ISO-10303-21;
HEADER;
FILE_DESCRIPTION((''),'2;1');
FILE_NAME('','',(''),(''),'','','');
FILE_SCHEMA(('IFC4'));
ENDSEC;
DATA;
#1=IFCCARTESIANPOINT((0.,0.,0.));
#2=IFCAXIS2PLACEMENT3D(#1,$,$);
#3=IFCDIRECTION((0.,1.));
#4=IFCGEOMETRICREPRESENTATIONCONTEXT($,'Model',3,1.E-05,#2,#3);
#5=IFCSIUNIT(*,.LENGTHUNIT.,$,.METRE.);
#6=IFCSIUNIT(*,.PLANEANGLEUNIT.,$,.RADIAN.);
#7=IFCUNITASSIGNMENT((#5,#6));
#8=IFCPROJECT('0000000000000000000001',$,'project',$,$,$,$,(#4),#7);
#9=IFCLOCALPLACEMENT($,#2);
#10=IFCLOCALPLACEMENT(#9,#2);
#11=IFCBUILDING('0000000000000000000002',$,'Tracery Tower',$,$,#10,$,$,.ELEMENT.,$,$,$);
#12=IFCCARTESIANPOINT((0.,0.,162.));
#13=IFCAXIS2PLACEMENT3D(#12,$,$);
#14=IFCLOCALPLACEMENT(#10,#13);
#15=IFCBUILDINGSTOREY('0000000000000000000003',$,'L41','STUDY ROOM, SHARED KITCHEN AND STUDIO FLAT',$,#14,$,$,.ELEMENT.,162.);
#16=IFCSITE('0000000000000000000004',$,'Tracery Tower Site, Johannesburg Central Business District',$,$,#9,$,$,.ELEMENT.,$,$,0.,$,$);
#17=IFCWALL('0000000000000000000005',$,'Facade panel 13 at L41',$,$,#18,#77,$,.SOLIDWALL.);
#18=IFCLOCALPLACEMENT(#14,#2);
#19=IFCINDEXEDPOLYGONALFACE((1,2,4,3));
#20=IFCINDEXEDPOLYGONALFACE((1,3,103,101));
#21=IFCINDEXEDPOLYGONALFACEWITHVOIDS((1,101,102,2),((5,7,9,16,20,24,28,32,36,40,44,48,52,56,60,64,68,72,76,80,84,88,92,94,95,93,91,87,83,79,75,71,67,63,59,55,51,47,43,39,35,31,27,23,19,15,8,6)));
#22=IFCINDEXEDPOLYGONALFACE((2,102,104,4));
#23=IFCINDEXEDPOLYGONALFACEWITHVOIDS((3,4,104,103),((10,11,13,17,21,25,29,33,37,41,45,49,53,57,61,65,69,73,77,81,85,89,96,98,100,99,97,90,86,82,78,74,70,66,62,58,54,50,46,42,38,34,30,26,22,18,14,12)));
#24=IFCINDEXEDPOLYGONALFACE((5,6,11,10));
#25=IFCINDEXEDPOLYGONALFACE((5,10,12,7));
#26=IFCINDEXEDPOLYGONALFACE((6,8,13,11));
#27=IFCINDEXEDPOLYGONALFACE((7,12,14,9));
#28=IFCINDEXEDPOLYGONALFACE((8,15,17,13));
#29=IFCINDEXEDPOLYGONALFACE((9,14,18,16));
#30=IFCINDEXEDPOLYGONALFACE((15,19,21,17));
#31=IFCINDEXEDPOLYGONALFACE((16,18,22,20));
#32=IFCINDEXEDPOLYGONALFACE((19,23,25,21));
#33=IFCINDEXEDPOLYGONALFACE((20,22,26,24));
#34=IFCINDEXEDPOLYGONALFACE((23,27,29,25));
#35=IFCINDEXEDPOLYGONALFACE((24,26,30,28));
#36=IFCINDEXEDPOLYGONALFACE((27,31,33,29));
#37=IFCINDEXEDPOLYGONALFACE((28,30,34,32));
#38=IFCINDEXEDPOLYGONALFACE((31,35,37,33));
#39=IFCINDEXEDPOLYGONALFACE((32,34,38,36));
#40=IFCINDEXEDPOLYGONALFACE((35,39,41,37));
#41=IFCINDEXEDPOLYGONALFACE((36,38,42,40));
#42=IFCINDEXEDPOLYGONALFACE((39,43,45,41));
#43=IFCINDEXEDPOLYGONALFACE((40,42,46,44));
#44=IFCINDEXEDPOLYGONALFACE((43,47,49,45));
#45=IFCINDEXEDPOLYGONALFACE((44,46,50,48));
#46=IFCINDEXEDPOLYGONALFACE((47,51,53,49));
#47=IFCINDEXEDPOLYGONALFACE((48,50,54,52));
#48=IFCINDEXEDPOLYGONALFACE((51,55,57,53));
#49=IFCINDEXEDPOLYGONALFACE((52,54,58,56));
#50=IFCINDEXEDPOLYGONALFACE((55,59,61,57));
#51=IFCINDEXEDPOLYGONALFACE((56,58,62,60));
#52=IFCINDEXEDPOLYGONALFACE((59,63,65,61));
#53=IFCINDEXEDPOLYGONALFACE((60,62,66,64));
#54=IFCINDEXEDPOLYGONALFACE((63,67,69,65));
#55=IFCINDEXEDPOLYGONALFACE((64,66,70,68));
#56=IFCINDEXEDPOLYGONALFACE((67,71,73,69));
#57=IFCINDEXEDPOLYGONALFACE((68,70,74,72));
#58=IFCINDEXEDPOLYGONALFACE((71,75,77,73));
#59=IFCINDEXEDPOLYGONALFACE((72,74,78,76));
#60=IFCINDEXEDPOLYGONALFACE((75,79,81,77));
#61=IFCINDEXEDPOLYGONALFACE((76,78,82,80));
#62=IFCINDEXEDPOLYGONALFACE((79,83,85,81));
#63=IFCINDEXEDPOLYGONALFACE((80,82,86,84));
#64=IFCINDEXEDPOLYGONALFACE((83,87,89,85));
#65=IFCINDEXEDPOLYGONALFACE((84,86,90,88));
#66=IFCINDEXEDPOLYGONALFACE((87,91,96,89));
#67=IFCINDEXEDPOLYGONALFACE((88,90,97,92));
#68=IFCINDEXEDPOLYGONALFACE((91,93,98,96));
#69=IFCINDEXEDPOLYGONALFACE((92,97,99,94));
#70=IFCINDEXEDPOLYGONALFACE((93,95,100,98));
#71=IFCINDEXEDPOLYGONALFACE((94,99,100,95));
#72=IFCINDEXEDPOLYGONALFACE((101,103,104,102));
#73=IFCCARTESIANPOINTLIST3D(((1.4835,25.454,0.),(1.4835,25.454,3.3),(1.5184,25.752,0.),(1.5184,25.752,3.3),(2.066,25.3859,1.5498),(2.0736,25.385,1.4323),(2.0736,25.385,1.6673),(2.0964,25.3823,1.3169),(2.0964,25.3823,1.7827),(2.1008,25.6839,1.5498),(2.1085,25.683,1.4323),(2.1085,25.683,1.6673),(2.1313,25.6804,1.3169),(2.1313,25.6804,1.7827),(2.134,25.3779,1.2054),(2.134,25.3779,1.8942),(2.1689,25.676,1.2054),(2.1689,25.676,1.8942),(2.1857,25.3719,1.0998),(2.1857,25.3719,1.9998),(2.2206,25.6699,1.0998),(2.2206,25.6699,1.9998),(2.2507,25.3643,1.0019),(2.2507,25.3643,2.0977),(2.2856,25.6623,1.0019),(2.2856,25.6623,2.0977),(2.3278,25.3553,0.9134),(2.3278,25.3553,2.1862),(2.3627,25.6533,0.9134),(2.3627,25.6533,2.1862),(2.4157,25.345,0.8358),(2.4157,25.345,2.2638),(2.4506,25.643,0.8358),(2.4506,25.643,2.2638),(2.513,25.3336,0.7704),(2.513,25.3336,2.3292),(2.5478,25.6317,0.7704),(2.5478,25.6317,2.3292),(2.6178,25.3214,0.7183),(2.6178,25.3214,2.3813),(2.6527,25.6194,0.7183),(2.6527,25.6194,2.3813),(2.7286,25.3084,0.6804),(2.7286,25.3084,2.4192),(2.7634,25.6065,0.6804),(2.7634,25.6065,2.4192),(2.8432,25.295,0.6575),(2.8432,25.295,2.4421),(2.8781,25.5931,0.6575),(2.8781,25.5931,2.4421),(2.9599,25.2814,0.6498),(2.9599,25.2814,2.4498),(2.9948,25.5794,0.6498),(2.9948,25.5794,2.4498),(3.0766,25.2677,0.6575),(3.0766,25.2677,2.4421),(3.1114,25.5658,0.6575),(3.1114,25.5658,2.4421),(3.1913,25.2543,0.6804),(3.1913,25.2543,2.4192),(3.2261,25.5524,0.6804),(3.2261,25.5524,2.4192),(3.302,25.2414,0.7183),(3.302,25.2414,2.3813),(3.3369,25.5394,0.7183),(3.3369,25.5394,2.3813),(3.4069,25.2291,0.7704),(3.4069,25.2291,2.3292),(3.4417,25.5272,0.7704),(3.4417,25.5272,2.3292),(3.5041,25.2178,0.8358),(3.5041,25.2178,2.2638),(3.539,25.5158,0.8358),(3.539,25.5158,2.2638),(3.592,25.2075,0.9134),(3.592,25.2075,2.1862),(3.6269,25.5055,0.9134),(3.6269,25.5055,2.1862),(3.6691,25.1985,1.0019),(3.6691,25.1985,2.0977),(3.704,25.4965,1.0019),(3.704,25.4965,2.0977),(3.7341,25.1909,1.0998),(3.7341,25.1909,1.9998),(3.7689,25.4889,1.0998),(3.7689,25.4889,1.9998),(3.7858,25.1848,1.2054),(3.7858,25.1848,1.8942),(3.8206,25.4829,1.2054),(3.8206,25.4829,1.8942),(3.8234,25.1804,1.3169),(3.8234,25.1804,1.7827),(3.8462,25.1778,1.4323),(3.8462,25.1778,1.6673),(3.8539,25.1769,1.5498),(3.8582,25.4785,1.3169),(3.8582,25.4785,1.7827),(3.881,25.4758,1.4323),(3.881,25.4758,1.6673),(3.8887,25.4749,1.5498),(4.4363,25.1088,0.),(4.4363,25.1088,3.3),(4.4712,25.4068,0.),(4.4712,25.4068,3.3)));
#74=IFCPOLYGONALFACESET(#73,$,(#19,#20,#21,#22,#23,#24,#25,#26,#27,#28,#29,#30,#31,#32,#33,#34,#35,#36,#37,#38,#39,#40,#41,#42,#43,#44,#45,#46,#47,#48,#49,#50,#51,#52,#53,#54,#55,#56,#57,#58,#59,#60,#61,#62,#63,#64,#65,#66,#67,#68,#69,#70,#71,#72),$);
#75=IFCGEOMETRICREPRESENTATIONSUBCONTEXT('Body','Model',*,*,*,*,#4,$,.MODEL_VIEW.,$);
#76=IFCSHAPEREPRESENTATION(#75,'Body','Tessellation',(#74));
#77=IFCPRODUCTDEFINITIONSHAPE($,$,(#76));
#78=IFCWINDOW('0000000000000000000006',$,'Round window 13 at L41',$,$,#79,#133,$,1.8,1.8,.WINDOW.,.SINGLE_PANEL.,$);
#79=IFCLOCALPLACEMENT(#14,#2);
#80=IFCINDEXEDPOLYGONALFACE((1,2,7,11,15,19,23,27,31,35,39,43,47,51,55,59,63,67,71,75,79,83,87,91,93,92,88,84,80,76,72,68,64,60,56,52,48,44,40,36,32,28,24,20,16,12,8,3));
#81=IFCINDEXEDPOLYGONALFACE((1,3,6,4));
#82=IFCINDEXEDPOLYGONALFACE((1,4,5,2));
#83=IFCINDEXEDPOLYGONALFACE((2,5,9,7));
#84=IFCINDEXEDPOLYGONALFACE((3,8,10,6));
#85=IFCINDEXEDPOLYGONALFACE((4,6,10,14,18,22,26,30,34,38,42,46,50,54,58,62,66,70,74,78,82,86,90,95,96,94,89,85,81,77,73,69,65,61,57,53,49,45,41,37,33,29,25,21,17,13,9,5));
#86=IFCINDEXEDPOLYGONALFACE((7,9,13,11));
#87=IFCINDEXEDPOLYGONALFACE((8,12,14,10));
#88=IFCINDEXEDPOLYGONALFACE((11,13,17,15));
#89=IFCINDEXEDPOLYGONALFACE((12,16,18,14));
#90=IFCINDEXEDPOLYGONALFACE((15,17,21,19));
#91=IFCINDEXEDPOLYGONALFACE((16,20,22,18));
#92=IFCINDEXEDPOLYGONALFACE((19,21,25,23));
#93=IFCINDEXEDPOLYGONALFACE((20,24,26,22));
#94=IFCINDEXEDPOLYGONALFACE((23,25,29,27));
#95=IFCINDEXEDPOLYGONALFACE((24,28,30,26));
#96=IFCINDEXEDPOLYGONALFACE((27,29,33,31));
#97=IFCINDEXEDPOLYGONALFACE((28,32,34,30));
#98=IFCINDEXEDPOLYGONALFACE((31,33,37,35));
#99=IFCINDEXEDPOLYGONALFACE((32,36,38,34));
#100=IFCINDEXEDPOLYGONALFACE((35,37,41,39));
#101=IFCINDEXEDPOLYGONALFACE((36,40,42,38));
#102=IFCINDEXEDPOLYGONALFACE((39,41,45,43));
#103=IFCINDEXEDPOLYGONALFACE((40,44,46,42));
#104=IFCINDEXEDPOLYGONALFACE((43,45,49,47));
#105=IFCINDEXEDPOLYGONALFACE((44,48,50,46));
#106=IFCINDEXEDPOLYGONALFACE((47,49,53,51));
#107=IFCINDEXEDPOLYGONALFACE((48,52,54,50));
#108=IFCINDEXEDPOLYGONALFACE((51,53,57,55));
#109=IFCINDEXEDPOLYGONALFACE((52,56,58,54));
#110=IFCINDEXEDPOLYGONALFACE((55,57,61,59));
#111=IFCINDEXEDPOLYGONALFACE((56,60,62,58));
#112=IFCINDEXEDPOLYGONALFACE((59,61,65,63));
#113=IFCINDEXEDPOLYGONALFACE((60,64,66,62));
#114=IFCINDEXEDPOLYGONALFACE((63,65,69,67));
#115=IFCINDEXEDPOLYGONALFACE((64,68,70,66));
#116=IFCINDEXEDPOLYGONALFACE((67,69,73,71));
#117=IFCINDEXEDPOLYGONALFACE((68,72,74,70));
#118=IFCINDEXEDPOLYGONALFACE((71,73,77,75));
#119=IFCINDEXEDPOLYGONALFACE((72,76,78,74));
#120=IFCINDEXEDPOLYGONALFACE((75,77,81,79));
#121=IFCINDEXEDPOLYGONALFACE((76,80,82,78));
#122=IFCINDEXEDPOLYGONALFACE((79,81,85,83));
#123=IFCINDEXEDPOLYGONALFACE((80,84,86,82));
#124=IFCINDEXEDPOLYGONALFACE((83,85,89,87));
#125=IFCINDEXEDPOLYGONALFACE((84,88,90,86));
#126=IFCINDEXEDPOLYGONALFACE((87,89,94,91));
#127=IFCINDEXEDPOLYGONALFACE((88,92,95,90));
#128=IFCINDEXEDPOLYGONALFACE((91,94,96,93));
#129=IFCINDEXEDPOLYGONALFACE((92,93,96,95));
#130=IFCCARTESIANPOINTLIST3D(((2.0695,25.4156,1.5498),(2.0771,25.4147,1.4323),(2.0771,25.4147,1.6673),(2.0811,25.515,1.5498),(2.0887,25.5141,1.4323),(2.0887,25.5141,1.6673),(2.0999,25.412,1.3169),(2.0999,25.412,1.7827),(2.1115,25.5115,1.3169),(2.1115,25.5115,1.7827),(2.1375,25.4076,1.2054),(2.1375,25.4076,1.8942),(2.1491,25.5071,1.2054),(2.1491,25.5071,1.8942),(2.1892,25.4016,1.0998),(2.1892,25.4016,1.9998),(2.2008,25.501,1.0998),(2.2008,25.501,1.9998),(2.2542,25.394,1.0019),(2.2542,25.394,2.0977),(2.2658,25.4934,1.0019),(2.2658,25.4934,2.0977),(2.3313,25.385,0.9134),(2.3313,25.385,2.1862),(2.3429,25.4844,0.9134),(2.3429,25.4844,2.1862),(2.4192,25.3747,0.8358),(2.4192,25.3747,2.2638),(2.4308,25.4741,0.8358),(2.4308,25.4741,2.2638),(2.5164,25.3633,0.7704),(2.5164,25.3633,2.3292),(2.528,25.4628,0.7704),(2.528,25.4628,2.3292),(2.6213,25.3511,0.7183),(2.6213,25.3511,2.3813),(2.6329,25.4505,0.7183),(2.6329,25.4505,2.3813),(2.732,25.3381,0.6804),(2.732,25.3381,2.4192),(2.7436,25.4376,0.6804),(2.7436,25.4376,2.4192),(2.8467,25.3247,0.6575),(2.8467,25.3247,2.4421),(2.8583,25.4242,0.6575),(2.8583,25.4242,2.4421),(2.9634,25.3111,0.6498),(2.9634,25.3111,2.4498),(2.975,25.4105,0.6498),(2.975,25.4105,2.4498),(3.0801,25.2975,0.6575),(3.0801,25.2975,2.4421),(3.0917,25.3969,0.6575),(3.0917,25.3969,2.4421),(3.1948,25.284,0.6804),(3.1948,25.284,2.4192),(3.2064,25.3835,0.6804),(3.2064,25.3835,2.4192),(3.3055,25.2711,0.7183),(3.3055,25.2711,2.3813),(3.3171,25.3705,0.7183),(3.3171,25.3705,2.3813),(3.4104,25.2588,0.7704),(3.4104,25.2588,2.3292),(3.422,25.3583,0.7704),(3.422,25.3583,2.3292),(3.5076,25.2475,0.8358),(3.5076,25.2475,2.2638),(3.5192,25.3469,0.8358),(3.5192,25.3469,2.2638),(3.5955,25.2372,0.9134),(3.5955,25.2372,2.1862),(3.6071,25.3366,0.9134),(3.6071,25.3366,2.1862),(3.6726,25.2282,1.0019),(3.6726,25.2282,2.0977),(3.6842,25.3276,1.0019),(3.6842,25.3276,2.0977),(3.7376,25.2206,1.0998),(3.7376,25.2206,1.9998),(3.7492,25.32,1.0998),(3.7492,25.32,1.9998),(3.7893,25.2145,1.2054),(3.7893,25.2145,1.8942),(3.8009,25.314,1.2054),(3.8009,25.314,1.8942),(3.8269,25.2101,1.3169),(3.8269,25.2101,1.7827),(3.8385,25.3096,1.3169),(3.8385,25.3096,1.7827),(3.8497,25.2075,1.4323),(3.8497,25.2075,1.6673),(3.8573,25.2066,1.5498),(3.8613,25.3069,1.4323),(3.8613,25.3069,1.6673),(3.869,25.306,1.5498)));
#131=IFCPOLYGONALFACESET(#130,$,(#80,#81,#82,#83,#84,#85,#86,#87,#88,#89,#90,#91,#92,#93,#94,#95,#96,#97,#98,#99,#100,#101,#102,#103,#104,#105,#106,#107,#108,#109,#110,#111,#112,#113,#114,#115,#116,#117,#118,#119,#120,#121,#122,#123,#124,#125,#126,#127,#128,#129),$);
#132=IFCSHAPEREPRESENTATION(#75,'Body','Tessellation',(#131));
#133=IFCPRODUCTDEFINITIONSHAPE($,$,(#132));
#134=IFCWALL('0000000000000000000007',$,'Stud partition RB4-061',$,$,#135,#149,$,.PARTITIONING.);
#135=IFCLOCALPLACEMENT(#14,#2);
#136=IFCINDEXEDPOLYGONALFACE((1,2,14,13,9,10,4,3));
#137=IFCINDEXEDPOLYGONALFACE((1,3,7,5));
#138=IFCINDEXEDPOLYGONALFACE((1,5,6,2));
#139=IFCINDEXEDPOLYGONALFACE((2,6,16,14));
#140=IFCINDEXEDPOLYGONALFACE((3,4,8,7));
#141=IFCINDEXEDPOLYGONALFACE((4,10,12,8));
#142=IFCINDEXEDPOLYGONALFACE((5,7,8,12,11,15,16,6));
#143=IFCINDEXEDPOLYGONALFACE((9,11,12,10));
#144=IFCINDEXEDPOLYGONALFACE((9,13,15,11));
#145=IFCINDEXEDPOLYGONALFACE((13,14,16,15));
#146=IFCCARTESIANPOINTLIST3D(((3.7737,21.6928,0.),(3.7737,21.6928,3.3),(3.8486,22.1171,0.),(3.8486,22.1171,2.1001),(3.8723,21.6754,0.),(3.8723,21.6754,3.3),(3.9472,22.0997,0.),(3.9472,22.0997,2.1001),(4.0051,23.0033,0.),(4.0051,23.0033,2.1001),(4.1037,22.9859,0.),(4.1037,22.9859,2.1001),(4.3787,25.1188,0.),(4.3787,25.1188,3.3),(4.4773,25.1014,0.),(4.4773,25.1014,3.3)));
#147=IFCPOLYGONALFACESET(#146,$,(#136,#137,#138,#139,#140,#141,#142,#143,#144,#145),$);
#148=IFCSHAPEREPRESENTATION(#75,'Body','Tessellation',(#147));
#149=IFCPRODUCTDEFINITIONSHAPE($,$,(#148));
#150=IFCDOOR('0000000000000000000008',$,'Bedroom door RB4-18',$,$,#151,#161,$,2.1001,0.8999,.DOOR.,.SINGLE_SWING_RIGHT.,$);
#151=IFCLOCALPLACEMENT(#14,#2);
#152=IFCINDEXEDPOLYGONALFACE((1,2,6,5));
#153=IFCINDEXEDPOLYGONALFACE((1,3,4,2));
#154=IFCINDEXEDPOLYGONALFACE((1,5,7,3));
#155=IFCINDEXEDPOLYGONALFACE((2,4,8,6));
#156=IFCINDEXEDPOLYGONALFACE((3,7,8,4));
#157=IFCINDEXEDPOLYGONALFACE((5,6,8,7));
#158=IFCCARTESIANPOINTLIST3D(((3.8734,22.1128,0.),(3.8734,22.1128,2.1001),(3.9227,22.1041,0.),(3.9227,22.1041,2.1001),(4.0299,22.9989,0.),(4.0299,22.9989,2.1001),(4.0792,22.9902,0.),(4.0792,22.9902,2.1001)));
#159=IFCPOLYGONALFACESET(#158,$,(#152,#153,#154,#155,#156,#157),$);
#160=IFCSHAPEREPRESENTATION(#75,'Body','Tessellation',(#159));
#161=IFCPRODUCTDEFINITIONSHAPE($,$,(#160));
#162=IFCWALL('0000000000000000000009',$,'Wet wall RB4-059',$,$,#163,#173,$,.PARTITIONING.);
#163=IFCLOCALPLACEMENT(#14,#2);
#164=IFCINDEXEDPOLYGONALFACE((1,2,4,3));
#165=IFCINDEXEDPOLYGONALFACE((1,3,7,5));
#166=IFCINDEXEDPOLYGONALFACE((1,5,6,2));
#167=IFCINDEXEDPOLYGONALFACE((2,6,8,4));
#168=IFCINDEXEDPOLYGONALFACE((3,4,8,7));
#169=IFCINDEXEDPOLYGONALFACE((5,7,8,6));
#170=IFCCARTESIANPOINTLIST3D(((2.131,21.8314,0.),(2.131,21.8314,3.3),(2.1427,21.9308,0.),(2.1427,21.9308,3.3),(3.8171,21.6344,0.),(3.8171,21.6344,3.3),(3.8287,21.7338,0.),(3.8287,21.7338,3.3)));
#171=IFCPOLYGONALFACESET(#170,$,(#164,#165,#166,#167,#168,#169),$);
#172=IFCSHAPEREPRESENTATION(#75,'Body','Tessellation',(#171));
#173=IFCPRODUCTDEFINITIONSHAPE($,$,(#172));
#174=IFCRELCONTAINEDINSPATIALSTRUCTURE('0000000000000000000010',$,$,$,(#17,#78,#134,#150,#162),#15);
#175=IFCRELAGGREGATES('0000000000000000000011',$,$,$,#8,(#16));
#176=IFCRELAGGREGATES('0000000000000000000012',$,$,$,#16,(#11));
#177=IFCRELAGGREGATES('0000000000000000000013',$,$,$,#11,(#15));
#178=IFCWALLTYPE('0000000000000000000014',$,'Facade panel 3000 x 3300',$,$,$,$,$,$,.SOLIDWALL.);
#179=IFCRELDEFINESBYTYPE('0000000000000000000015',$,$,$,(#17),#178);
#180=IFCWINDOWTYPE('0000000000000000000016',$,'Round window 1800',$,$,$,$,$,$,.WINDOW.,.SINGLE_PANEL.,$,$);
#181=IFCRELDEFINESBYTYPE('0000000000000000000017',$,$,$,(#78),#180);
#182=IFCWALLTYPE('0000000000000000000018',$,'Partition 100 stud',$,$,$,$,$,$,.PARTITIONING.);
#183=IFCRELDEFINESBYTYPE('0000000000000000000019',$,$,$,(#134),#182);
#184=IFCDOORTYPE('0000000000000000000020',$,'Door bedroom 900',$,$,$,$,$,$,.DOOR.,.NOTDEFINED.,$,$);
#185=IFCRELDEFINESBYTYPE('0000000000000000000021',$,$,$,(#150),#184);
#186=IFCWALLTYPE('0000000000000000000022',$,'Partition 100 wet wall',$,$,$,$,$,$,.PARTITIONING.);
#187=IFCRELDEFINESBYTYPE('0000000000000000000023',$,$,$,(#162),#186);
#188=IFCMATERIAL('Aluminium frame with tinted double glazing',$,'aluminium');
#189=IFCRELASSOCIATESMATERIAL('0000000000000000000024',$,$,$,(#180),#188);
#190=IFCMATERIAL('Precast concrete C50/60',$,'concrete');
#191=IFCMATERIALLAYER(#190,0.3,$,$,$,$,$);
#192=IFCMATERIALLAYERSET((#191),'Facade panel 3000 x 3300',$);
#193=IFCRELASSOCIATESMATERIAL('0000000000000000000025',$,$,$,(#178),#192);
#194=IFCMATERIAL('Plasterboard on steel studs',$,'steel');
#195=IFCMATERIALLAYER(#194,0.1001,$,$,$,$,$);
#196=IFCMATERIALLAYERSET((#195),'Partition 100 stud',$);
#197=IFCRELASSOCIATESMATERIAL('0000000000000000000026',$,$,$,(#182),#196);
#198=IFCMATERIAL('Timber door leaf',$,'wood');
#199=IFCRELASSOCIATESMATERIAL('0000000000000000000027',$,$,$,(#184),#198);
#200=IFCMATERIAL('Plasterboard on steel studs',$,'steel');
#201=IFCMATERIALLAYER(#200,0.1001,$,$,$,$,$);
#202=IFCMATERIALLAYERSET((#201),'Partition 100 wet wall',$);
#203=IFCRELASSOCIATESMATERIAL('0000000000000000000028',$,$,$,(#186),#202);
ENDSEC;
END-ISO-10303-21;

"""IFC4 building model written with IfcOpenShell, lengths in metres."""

from ifc_helpers import new_model, si_unit, direction, frame, frame_2d, origin, origin_2d, place, context, subcontext, project, spatial, rectangle, circle, extrude, material, layer, layer_set, type_object, element, fill, save


model = new_model("IFC4")

# Units and contexts
model_context = context("Model", 3, precision=1e-05, world=origin(), true_north=direction((0.0, 1.0)))
body_context = subcontext(model_context, "Body", "Model", "MODEL_VIEW")
ifc_project = project(units=[si_unit("LENGTHUNIT", "METRE"), si_unit("PLANEANGLEUNIT", "RADIAN")], contexts=[model_context])

# Site, building, storey
site_placement = place(None, origin())
site = spatial("IfcSite", under=ifc_project, at=site_placement, Name="Tracery Tower Site, Johannesburg Central Business District", CompositionType="ELEMENT", RefElevation=0.0)
building_placement = place(site_placement, origin())
building = spatial("IfcBuilding", under=site, at=building_placement, Name="Tracery Tower", CompositionType="ELEMENT")
storey_placement = place(building_placement, frame((0.0, 0.0, 162.0)))
storey = spatial("IfcBuildingStorey", under=building, at=storey_placement, Name="L41", Description="STUDY ROOM, SHARED KITCHEN AND STUDIO FLAT", CompositionType="ELEMENT", Elevation=162.0)

# Wall, opening, window
ifc_material_1 = material(Name="Aluminium frame with tinted double glazing", Category="aluminium")
window_type = type_object("IfcWindowType", Name="Round window 1800", PartitioningType="SINGLE_PANEL", PredefinedType="WINDOW", material=ifc_material_1)
ifc_material_2 = material(Name="Precast concrete C50/60", Category="concrete")
ifc_layer_1 = layer(ifc_material_2, 0.3)
ifc_layer_set_1 = layer_set([ifc_layer_1], Name="Facade panel 3000 x 3300")
wall_type_1 = type_object("IfcWallType", Name="Facade panel 3000 x 3300", PredefinedType="SOLIDWALL", material=ifc_layer_set_1)
wall_1_placement = place(storey_placement, frame((4.4536, 25.2578, 0.0), z_axis=(0.0, 0.0, 1.0), x_axis=(-0.993236, 0.116117, 0.0)))
wall_1 = element("IfcWall", 1, at=wall_1_placement, inside=storey, type_object=wall_type_1, Name="Facade panel 13 at L41", PredefinedType="SOLIDWALL", context=body_context, shape_type="SweptSolid", body=[
    extrude(rectangle(XDim=2.9729, YDim=0.3, at=frame_2d((1.4863, 0.0))), origin(), (0.0, 0.0, 1.0), 3.3),
])
opening_1_placement = place(wall_1_placement, frame((1.4863, 0.0, 1.5498)))
opening_1 = element("IfcOpeningElement", 2, at=opening_1_placement, cuts=wall_1, PredefinedType="OPENING", context=body_context, shape_type="SweptSolid", body=[
    extrude(circle(Radius=0.9, at=origin_2d()), frame((0.0, 0.1599, 0.0), z_axis=(0.0, -1.0, 0.0), x_axis=(1.0, 0.0, 0.0)), (0.0, 0.0, 1.0), 0.3201),
])
window_1_placement = place(opening_1_placement, origin())
window_1 = element("IfcWindow", 3, at=window_1_placement, inside=storey, type_object=window_type, Name="Round window 13 at L41", OverallHeight=1.8, OverallWidth=1.8, PartitioningType="SINGLE_PANEL", PredefinedType="WINDOW", context=body_context, shape_type="SweptSolid", body=[
    extrude(circle(Radius=0.9, at=origin_2d()), frame((0.0, 0.1201, 0.0), z_axis=(0.0, -1.0, 0.0), x_axis=(1.0, 0.0, 0.0)), (0.0, 0.0, 1.0), 0.1001),
])
fill(opening_1, window_1)

# Wall, opening, door
ifc_material_3 = material(Name="Plasterboard on steel studs", Category="steel")
ifc_layer_2 = layer(ifc_material_3, 0.1001)
ifc_layer_set_2 = layer_set([ifc_layer_2], Name="Partition 100 stud")
wall_type_2 = type_object("IfcWallType", Name="Partition 100 stud", PredefinedType="PARTITIONING", material=ifc_layer_set_2)
wall_2_placement = place(storey_placement, frame((3.823, 21.6841, 0.0), z_axis=(0.0, 0.0, 1.0), x_axis=(0.173893, 0.984764, 0.0)))
wall_2 = element("IfcWall", 4, at=wall_2_placement, inside=storey, type_object=wall_type_2, Name="Stud partition RB4-061", PredefinedType="PARTITIONING", context=body_context, shape_type="SweptSolid", body=[
    extrude(rectangle(XDim=3.479, YDim=0.1001, at=frame_2d((1.7395, 0.0))), origin(), (0.0, 0.0, 1.0), 3.3),
])
opening_2_placement = place(wall_2_placement, frame((0.4309, 0.0, 0.0)))
opening_2 = element("IfcOpeningElement", 5, at=opening_2_placement, cuts=wall_2, PredefinedType="OPENING", context=body_context, shape_type="SweptSolid", body=[
    extrude(rectangle(XDim=0.8999, YDim=2.1001, at=frame_2d((0.45, 1.05))), frame((0.0, 0.05, 0.0), z_axis=(0.0, -1.0, 0.0), x_axis=(1.0, 0.0, 0.0)), (0.0, 0.0, 1.0), 0.1001),
])
ifc_material_4 = material(Name="Timber door leaf", Category="wood")
door_type_1 = type_object("IfcDoorType", Name="Door bedroom 900", OperationType="NOTDEFINED", PredefinedType="DOOR", material=ifc_material_4)
door_1_placement = place(opening_2_placement, origin())
door_1 = element("IfcDoor", 6, at=door_1_placement, inside=storey, type_object=door_type_1, Name="Bedroom door RB4-18", OperationType="SINGLE_SWING_RIGHT", OverallHeight=2.1001, OverallWidth=0.8999, PredefinedType="DOOR", context=body_context, shape_type="SweptSolid", body=[
    extrude(rectangle(XDim=0.8999, YDim=2.1001, at=frame_2d((0.45, 1.05))), frame((0.0, 0.0249, 0.0), z_axis=(0.0, -1.0, 0.0), x_axis=(1.0, 0.0, 0.0)), (0.0, 0.0, 1.0), 0.05),
])
fill(opening_2, door_1)

# Wall
ifc_material_5 = material(Name="Plasterboard on steel studs", Category="steel")
ifc_layer_3 = layer(ifc_material_5, 0.1001)
ifc_layer_set_3 = layer_set([ifc_layer_3], Name="Partition 100 wet wall")
wall_type_3 = type_object("IfcWallType", Name="Partition 100 wet wall", PredefinedType="PARTITIONING", material=ifc_layer_set_3)
wall_3_placement = place(storey_placement, frame((2.137, 21.8811, 0.0), z_axis=(0.0, 0.0, 1.0), x_axis=(0.993242, -0.116065, 0.0)))
element("IfcWall", 7, at=wall_3_placement, inside=storey, type_object=wall_type_3, Name="Wet wall RB4-059", PredefinedType="PARTITIONING", context=body_context, shape_type="SweptSolid", body=[
    extrude(rectangle(XDim=1.6975, YDim=0.1001, at=frame_2d((0.8486, 0.0))), origin(), (0.0, 0.0, 1.0), 3.3),
])

save(model, "model.ifc")
